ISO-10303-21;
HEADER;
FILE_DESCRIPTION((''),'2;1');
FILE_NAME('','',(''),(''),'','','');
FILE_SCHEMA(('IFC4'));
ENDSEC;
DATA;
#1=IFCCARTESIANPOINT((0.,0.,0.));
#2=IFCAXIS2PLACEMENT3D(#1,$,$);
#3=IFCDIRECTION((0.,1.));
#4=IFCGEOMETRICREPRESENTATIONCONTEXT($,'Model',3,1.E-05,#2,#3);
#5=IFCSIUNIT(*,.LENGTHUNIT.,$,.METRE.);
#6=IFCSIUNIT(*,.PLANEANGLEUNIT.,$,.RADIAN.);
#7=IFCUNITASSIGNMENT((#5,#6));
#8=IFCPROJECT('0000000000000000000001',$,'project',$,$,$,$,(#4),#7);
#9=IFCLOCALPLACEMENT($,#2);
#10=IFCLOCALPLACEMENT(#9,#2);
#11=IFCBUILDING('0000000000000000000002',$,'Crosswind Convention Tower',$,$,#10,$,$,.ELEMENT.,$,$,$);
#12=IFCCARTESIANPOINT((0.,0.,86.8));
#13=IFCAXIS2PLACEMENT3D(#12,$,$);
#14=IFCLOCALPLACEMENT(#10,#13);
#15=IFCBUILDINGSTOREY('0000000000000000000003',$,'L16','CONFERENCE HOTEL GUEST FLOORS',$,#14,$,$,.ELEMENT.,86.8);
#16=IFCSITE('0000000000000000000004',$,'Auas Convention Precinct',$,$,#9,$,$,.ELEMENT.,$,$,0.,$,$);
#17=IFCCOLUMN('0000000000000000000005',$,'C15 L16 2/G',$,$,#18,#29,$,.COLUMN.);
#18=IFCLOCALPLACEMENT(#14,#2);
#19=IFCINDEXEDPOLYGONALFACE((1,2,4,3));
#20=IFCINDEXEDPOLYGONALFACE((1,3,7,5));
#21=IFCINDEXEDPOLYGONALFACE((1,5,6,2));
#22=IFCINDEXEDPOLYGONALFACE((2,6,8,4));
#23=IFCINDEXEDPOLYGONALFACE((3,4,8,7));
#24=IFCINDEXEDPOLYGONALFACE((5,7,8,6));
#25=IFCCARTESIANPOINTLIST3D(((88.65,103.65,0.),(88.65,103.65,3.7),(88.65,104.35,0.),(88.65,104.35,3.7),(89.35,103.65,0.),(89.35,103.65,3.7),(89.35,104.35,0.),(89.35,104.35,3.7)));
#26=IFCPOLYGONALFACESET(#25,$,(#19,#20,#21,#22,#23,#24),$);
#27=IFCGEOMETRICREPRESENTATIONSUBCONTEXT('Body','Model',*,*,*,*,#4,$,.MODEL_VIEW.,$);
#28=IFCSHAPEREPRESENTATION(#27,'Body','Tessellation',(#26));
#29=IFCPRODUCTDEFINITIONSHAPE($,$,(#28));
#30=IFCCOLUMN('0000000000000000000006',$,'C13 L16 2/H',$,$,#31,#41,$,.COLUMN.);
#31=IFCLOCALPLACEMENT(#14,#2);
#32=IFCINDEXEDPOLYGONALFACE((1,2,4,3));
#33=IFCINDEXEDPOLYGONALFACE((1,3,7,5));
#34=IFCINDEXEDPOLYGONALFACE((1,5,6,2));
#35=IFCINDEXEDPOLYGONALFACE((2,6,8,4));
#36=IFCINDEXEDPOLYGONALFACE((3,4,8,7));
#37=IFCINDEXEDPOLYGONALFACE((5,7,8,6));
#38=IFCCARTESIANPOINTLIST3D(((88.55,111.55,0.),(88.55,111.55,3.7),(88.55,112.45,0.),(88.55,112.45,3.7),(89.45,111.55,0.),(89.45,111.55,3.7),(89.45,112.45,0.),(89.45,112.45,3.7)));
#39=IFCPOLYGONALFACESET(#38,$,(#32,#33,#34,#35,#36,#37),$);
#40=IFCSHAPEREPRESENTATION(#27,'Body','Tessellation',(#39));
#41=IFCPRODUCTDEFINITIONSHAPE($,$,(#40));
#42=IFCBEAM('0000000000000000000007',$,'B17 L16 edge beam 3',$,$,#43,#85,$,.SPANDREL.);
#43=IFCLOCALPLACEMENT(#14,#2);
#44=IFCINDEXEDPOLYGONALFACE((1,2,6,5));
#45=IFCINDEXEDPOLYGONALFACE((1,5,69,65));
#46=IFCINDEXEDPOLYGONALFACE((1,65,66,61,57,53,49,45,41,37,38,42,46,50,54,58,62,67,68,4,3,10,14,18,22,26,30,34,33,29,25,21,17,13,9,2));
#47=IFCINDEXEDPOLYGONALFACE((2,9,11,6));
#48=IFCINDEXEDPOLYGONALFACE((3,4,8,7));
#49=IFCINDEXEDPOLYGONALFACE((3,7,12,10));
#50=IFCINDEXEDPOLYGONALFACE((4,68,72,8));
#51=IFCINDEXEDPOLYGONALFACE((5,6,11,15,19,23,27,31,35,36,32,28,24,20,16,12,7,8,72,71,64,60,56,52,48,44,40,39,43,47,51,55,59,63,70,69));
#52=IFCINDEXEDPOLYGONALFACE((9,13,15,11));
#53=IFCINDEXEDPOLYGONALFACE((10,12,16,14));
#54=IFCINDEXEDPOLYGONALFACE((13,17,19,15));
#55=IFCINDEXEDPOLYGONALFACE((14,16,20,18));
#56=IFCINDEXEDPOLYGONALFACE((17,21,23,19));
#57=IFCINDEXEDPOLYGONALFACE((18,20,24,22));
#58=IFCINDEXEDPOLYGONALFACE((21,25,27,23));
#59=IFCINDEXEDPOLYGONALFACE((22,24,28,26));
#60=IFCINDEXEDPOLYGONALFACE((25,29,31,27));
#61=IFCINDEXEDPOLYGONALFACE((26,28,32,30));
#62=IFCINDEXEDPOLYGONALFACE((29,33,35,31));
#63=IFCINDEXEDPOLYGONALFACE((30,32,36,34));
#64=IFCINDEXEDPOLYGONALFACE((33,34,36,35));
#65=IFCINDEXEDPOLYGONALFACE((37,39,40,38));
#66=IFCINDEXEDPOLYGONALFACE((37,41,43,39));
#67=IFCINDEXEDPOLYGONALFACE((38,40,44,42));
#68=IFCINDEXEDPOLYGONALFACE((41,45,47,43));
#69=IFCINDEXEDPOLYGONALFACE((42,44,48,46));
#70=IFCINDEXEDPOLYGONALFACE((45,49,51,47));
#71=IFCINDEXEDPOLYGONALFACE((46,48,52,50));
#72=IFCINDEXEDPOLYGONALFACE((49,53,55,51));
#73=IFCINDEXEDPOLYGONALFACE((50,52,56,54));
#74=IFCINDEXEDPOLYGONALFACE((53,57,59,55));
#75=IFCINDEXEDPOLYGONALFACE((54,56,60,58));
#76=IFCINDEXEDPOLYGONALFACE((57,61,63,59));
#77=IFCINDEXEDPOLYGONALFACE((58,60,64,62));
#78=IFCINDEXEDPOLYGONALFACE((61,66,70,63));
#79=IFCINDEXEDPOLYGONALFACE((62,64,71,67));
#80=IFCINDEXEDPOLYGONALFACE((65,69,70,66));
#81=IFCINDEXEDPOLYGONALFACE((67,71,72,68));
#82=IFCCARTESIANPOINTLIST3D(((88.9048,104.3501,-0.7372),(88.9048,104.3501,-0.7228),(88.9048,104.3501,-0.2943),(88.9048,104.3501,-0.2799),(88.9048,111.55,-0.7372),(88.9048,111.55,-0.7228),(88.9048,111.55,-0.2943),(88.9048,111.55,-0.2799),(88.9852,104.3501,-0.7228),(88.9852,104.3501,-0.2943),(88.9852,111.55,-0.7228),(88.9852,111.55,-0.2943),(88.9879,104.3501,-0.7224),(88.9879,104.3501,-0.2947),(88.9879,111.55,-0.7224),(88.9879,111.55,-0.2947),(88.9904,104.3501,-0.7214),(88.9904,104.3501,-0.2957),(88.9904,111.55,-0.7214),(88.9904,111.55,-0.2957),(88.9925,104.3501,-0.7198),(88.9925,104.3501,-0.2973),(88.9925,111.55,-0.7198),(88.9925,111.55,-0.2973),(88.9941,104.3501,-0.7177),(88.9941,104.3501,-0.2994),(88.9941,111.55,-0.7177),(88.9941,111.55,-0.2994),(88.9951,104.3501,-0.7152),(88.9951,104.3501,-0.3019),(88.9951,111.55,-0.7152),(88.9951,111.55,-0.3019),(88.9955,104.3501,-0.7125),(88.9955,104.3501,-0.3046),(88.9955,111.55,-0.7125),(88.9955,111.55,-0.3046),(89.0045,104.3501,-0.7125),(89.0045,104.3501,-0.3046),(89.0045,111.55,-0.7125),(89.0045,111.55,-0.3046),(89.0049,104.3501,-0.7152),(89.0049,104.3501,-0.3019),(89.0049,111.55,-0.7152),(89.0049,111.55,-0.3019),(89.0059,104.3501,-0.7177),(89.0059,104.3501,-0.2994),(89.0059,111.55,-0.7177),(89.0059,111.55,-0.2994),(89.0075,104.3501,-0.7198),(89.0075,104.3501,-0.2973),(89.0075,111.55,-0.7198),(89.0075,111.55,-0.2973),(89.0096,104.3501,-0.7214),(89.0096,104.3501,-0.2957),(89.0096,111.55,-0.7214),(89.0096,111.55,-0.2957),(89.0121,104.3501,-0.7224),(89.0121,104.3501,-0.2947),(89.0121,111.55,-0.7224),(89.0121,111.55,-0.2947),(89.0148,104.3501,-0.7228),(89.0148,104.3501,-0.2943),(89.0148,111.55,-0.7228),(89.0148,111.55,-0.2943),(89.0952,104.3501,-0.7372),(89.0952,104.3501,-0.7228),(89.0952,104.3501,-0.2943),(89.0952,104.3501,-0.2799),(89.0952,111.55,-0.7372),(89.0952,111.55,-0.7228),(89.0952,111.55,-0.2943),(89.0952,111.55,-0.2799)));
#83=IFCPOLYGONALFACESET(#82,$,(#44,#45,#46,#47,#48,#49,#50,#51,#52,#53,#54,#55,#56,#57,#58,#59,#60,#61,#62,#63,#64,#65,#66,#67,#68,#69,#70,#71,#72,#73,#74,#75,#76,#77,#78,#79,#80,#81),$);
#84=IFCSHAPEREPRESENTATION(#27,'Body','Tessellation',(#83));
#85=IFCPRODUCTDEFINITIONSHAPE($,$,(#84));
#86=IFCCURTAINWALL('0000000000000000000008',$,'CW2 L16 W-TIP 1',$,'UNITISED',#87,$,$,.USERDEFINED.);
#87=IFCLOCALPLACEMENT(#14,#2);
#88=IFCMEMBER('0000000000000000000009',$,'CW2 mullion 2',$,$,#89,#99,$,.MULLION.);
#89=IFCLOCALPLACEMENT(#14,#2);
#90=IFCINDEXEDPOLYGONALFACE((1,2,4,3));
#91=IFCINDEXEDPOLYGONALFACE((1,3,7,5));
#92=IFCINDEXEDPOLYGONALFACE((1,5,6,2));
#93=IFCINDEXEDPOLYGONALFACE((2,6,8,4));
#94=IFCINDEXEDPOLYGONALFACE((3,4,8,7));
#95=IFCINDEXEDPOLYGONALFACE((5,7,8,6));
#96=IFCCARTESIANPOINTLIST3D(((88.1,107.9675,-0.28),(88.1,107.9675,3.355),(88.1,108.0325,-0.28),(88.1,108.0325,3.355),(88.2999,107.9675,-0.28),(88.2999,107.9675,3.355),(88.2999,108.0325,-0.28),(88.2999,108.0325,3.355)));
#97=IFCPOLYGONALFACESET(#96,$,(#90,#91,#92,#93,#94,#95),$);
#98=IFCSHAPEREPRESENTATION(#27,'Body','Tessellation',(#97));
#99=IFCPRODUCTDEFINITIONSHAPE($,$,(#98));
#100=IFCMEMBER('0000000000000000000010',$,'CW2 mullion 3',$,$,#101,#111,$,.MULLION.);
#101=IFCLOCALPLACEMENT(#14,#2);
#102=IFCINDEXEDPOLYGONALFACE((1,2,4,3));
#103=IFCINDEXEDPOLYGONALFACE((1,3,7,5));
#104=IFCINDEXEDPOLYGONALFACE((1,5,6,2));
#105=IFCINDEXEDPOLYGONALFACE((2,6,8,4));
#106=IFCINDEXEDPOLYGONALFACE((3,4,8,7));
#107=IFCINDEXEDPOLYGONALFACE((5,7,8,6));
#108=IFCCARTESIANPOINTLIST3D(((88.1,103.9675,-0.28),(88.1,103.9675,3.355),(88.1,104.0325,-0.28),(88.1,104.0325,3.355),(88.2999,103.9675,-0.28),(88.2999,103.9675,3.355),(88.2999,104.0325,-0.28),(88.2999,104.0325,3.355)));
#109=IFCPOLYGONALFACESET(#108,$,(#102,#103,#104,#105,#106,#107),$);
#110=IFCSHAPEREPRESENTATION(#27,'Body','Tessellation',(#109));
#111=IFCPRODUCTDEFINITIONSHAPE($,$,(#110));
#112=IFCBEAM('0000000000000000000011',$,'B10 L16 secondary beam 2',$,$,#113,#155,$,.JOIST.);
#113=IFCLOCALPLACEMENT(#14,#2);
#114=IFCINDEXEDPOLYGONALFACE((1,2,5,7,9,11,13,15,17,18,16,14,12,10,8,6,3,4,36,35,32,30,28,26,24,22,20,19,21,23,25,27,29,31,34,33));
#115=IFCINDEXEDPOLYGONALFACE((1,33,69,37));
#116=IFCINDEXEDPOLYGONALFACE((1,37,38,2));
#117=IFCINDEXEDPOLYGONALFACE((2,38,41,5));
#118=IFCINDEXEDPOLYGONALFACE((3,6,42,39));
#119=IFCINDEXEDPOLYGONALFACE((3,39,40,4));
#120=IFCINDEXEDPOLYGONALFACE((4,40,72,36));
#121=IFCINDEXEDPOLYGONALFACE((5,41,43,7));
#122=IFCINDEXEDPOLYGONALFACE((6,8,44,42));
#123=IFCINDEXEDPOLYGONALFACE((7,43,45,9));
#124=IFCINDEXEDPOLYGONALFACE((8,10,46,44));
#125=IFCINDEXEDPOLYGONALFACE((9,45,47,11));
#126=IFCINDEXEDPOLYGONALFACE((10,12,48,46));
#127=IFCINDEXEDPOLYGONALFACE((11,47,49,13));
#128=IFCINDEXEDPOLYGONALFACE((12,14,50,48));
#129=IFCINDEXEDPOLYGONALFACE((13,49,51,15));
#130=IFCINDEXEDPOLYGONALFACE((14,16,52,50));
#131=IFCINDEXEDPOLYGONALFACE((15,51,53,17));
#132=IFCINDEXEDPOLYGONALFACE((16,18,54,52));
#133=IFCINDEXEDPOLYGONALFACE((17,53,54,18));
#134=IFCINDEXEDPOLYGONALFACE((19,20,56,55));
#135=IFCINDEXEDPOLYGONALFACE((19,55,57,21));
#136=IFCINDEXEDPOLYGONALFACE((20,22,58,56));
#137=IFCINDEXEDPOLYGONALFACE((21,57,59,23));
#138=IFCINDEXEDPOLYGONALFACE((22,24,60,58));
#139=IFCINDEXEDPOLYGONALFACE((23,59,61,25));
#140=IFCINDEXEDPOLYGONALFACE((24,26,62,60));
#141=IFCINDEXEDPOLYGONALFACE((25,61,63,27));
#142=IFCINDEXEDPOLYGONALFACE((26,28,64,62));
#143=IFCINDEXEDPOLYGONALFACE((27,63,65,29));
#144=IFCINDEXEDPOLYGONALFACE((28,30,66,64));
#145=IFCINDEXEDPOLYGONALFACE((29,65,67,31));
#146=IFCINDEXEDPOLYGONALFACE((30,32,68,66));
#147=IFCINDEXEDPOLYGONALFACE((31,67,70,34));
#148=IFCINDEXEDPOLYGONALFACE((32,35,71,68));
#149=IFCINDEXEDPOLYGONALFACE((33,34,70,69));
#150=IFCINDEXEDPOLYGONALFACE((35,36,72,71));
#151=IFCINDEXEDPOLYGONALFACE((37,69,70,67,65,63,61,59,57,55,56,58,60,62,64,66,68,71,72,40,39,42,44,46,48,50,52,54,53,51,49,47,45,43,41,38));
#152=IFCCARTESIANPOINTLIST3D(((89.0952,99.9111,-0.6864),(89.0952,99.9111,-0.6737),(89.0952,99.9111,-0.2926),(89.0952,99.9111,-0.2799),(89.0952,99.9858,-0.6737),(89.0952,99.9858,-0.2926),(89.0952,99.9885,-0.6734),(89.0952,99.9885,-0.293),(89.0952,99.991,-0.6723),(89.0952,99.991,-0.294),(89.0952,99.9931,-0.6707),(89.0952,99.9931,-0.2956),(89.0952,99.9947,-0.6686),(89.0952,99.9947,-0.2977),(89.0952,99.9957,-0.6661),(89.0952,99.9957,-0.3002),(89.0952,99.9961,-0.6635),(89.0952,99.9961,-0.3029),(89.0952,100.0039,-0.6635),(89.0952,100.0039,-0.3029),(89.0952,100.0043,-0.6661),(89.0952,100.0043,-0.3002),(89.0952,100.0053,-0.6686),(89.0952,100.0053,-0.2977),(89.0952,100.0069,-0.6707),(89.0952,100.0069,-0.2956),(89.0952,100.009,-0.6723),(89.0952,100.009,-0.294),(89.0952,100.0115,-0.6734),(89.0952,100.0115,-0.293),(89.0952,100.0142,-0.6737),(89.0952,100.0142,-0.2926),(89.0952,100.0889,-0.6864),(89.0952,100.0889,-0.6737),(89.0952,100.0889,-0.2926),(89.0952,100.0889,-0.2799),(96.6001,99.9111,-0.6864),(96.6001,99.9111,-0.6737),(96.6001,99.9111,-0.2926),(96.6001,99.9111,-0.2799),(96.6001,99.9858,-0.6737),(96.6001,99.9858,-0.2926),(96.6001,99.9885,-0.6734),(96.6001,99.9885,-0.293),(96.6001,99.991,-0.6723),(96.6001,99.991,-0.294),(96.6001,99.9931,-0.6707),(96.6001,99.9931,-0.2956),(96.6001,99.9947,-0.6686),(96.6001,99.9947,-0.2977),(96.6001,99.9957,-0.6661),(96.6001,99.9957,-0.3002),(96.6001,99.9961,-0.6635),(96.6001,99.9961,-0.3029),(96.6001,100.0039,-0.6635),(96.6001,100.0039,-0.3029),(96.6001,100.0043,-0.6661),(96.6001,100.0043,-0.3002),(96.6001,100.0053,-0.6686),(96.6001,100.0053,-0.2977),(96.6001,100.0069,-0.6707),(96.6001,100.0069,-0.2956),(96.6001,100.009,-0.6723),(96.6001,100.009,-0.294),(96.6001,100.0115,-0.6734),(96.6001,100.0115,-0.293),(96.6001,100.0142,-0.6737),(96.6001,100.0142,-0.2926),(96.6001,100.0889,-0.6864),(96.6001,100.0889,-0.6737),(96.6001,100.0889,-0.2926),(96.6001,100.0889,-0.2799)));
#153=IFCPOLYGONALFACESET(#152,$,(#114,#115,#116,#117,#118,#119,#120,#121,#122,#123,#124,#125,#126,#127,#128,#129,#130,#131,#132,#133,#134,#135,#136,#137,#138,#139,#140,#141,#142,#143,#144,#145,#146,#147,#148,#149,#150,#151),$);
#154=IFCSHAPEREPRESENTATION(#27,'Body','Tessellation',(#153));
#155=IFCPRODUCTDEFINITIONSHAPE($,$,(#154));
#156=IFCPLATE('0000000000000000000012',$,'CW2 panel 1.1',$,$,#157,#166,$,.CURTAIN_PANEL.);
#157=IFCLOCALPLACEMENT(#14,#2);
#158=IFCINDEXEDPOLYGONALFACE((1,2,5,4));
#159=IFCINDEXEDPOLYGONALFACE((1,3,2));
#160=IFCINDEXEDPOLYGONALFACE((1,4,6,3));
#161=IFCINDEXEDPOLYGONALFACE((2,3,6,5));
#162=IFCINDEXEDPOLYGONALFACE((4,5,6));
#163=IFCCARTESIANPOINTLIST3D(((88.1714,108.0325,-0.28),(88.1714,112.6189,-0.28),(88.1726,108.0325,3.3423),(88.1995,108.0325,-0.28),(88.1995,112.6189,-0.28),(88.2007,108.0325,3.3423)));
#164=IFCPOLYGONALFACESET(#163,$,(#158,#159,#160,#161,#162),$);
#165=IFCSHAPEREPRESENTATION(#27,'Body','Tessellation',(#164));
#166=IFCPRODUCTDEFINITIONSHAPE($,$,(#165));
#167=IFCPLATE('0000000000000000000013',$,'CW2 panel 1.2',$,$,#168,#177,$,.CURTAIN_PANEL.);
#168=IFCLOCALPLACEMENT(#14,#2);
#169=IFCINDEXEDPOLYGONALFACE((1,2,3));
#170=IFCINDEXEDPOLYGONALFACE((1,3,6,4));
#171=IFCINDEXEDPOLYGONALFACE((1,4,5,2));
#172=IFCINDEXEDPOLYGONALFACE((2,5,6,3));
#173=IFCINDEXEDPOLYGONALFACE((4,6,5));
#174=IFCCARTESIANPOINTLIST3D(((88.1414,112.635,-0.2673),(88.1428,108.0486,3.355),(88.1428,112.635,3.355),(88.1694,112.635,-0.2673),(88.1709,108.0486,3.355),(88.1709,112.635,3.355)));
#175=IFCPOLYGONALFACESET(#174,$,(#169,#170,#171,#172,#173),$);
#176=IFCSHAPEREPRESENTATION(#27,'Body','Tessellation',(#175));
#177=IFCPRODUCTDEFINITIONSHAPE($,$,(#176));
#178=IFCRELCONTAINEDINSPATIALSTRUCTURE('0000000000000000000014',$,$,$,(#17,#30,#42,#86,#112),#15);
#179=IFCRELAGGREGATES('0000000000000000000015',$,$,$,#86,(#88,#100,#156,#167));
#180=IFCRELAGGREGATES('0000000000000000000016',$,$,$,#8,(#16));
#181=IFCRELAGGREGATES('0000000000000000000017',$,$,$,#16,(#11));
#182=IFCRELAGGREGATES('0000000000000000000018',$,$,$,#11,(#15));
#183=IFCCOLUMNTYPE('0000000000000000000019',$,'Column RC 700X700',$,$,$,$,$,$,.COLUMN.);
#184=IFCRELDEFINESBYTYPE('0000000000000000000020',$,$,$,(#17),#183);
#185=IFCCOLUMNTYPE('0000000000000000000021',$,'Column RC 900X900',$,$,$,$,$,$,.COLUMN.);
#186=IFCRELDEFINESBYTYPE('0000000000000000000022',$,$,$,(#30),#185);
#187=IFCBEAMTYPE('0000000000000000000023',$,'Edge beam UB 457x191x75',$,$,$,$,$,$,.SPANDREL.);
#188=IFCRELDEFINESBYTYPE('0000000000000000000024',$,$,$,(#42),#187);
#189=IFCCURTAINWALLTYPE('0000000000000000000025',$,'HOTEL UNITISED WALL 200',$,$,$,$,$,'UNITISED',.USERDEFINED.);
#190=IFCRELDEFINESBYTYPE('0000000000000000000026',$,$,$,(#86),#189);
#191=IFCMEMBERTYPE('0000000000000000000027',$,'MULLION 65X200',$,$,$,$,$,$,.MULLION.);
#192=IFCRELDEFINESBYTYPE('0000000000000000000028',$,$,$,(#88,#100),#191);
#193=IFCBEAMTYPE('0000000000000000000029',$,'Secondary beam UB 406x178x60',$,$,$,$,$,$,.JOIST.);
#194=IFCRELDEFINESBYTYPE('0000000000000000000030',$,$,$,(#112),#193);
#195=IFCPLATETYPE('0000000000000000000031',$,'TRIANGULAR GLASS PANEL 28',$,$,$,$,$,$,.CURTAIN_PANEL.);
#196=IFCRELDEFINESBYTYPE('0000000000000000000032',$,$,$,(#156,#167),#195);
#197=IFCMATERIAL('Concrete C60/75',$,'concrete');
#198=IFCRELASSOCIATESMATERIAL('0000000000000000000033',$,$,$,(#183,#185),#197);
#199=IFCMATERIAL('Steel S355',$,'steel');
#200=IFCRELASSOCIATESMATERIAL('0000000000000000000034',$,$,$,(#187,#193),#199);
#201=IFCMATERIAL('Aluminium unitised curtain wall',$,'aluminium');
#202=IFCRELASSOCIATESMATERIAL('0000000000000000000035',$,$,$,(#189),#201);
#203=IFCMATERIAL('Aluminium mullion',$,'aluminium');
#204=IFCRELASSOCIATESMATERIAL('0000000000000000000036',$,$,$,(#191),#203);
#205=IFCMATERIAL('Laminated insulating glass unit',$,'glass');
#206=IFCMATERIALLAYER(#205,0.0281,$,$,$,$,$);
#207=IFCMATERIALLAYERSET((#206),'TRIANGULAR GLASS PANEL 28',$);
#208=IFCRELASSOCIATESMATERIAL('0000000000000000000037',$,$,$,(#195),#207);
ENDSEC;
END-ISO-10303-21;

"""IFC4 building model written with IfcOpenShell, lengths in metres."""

from ifc_helpers import new_model, si_unit, direction, frame, origin, origin_2d, place, context, subcontext, project, spatial, polyline, rectangle, i_section, outline, extrude, material, layer, layer_set, material_profile, profile_set, type_object, element, aggregate, save


model = new_model("IFC4")

# Units and contexts
model_context = context("Model", 3, precision=1e-05, world=origin(), true_north=direction((0.0, 1.0)))
body_context = subcontext(model_context, "Body", "Model", "MODEL_VIEW")
ifc_project = project(units=[si_unit("LENGTHUNIT", "METRE"), si_unit("PLANEANGLEUNIT", "RADIAN")], contexts=[model_context])

# Site, building, storey
site_placement = place(None, origin())
site = spatial("IfcSite", under=ifc_project, at=site_placement, Name="Auas Convention Precinct", CompositionType="ELEMENT", RefElevation=0.0)
building_placement = place(site_placement, origin())
building = spatial("IfcBuilding", under=site, at=building_placement, Name="Crosswind Convention Tower", CompositionType="ELEMENT")
storey_placement = place(building_placement, frame((0.0, 0.0, 86.8)))
storey = spatial("IfcBuildingStorey", under=building, at=storey_placement, Name="L16", Description="CONFERENCE HOTEL GUEST FLOORS", CompositionType="ELEMENT", Elevation=86.8)

# Columns
ifc_material_1 = material(Name="Concrete C60/75", Category="concrete")
ifc_material_profile_1 = material_profile(ifc_material_1, rectangle(XDim=0.7, YDim=0.7, at=origin_2d()), Name="RC 700X700")
ifc_profile_set_1 = profile_set([ifc_material_profile_1], Name="Concrete C60/75")
column_type_1 = type_object("IfcColumnType", Name="Column RC 700X700", PredefinedType="COLUMN", material=ifc_profile_set_1)
column_1_placement = place(storey_placement, frame((89.0, 104.0, 0.0), z_axis=(0.0, 0.0, 1.0), x_axis=(1.0, 0.0, 0.0)))
element("IfcColumn", 1, at=column_1_placement, inside=storey, type_object=column_type_1, Name="C15 L16 2/G", PredefinedType="COLUMN", context=body_context, shape_type="SweptSolid", body=[
    extrude(rectangle(XDim=0.7, YDim=0.7, at=origin_2d()), origin(), (0.0, 0.0, 1.0), 3.7),
])
ifc_material_profile_2 = material_profile(ifc_material_1, rectangle(XDim=0.8999, YDim=0.8999, at=origin_2d()), Name="RC 900X900")
ifc_profile_set_2 = profile_set([ifc_material_profile_2], Name="Concrete C60/75")
column_type_2 = type_object("IfcColumnType", Name="Column RC 900X900", PredefinedType="COLUMN", material=ifc_profile_set_2)
column_2_placement = place(storey_placement, frame((89.0, 112.0, 0.0), z_axis=(0.0, 0.0, 1.0), x_axis=(1.0, 0.0, 0.0)))
element("IfcColumn", 2, at=column_2_placement, inside=storey, type_object=column_type_2, Name="C13 L16 2/H", PredefinedType="COLUMN", context=body_context, shape_type="SweptSolid", body=[
    extrude(rectangle(XDim=0.8999, YDim=0.8999, at=origin_2d()), origin(), (0.0, 0.0, 1.0), 3.7),
])

# Beam
ifc_material_2 = material(Name="Steel S355", Category="steel")
ifc_material_profile_3 = material_profile(ifc_material_2, i_section(OverallWidth=0.1904, OverallDepth=0.4573, WebThickness=0.009, FlangeThickness=0.0144, FilletRadius=0.0103, at=origin_2d()), Name="UB 457x191x75")
ifc_profile_set_3 = profile_set([ifc_material_profile_3], Name="Steel S355")
beam_type_1 = type_object("IfcBeamType", Name="Edge beam UB 457x191x75", PredefinedType="SPANDREL", material=ifc_profile_set_3)
beam_1_placement = place(storey_placement, frame((89.0, 104.3501, -0.5085), z_axis=(0.0, 1.0, 0.0), x_axis=(-1.0, 0.0, 0.0)))
element("IfcBeam", 3, at=beam_1_placement, inside=storey, type_object=beam_type_1, Name="B17 L16 edge beam 3", PredefinedType="SPANDREL", context=body_context, shape_type="SweptSolid", body=[
    extrude(i_section(OverallWidth=0.1904, OverallDepth=0.4573, WebThickness=0.009, FlangeThickness=0.0144, FilletRadius=0.0103, at=origin_2d()), origin(), (0.0, 0.0, 1.0), 7.2),
])

# Curtain wall, members
ifc_material_3 = material(Name="Aluminium unitised curtain wall", Category="aluminium")
curtain_wall_type = type_object("IfcCurtainWallType", Name="HOTEL UNITISED WALL 200", ElementType="UNITISED", PredefinedType="USERDEFINED", material=ifc_material_3)
curtain_wall_placement = place(storey_placement, origin())
curtain_wall = element("IfcCurtainWall", 4, at=curtain_wall_placement, inside=storey, type_object=curtain_wall_type, Name="CW2 L16 W-TIP 1", ObjectType="UNITISED", PredefinedType="USERDEFINED")
ifc_material_4 = material(Name="Aluminium mullion", Category="aluminium")
ifc_material_profile_4 = material_profile(ifc_material_4, rectangle(XDim=0.2, YDim=0.0649, at=origin_2d()), Name="AL 200X65")
ifc_profile_set_4 = profile_set([ifc_material_profile_4], Name="Aluminium mullion")
member_type = type_object("IfcMemberType", Name="MULLION 65X200", PredefinedType="MULLION", material=ifc_profile_set_4)
member_1_placement = place(storey_placement, frame((88.2, 108.0, -0.28), z_axis=(0.0, 0.0, 1.0), x_axis=(-1.0, 0.0, 0.0)))
member_1 = element("IfcMember", 5, at=member_1_placement, type_object=member_type, Name="CW2 mullion 2", PredefinedType="MULLION", context=body_context, shape_type="SweptSolid", body=[
    extrude(rectangle(XDim=0.2, YDim=0.0649, at=origin_2d()), origin(), (0.0, 0.0, 1.0), 3.635),
])
member_2_placement = place(storey_placement, frame((88.2, 104.0, -0.28), z_axis=(0.0, 0.0, 1.0), x_axis=(-1.0, 0.0, 0.0)))
member_2 = element("IfcMember", 6, at=member_2_placement, type_object=member_type, Name="CW2 mullion 3", PredefinedType="MULLION", context=body_context, shape_type="SweptSolid", body=[
    extrude(rectangle(XDim=0.2, YDim=0.0649, at=origin_2d()), origin(), (0.0, 0.0, 1.0), 3.635),
])

# Beam
ifc_material_profile_5 = material_profile(ifc_material_2, i_section(OverallWidth=0.1777, OverallDepth=0.4065, WebThickness=0.0078, FlangeThickness=0.0127, FilletRadius=0.0103, at=origin_2d()), Name="UB 406x178x60")
ifc_profile_set_5 = profile_set([ifc_material_profile_5], Name="Steel S355")
beam_type_2 = type_object("IfcBeamType", Name="Secondary beam UB 406x178x60", PredefinedType="JOIST", material=ifc_profile_set_5)
beam_2_placement = place(storey_placement, frame((89.0952, 100.0, -0.4832), z_axis=(1.0, 0.0, 0.0), x_axis=(0.0, 1.0, 0.0)))
element("IfcBeam", 7, at=beam_2_placement, inside=storey, type_object=beam_type_2, Name="B10 L16 secondary beam 2", PredefinedType="JOIST", context=body_context, shape_type="SweptSolid", body=[
    extrude(i_section(OverallWidth=0.1777, OverallDepth=0.4065, WebThickness=0.0078, FlangeThickness=0.0127, FilletRadius=0.0103, at=origin_2d()), origin(), (0.0, 0.0, 1.0), 7.5049),
])

# Plates
ifc_material_5 = material(Name="Laminated insulating glass unit", Category="glass")
ifc_layer_1 = layer(ifc_material_5, 0.0281)
ifc_layer_set_1 = layer_set([ifc_layer_1], Name="TRIANGULAR GLASS PANEL 28")
plate_type = type_object("IfcPlateType", Name="TRIANGULAR GLASS PANEL 28", PredefinedType="CURTAIN_PANEL", material=ifc_layer_set_1)
plate_1_placement = place(storey_placement, frame((88.1714, 108.0325, -0.28), z_axis=(-1.0, 0.0, 0.000337), x_axis=(0.000337, 0.0, 1.0)))
plate_1 = element("IfcPlate", 8, at=plate_1_placement, type_object=plate_type, Name="CW2 panel 1.1", PredefinedType="CURTAIN_PANEL", context=body_context, shape_type="SweptSolid", body=[
    extrude(outline(polyline([(0.0, 0.0), (3.6223, 0.0), (0.0, 4.5864), (0.0, 0.0)])), origin(), (0.0, 0.0, -1.0), 0.0281),
])
plate_2_placement = place(storey_placement, frame((88.1428, 112.635, 3.355), z_axis=(-1.0, 0.0, 0.000404), x_axis=(-0.000404, 0.0, -1.0)))
plate_2 = element("IfcPlate", 9, at=plate_2_placement, type_object=plate_type, Name="CW2 panel 1.2", PredefinedType="CURTAIN_PANEL", context=body_context, shape_type="SweptSolid", body=[
    extrude(outline(polyline([(0.0, 0.0), (3.6223, 0.0), (0.0, 4.5864), (0.0, 0.0)])), origin(), (0.0, 0.0, -1.0), 0.0281),
])

aggregate(curtain_wall, [member_1, member_2, plate_1, plate_2])

save(model, "model.ifc")
